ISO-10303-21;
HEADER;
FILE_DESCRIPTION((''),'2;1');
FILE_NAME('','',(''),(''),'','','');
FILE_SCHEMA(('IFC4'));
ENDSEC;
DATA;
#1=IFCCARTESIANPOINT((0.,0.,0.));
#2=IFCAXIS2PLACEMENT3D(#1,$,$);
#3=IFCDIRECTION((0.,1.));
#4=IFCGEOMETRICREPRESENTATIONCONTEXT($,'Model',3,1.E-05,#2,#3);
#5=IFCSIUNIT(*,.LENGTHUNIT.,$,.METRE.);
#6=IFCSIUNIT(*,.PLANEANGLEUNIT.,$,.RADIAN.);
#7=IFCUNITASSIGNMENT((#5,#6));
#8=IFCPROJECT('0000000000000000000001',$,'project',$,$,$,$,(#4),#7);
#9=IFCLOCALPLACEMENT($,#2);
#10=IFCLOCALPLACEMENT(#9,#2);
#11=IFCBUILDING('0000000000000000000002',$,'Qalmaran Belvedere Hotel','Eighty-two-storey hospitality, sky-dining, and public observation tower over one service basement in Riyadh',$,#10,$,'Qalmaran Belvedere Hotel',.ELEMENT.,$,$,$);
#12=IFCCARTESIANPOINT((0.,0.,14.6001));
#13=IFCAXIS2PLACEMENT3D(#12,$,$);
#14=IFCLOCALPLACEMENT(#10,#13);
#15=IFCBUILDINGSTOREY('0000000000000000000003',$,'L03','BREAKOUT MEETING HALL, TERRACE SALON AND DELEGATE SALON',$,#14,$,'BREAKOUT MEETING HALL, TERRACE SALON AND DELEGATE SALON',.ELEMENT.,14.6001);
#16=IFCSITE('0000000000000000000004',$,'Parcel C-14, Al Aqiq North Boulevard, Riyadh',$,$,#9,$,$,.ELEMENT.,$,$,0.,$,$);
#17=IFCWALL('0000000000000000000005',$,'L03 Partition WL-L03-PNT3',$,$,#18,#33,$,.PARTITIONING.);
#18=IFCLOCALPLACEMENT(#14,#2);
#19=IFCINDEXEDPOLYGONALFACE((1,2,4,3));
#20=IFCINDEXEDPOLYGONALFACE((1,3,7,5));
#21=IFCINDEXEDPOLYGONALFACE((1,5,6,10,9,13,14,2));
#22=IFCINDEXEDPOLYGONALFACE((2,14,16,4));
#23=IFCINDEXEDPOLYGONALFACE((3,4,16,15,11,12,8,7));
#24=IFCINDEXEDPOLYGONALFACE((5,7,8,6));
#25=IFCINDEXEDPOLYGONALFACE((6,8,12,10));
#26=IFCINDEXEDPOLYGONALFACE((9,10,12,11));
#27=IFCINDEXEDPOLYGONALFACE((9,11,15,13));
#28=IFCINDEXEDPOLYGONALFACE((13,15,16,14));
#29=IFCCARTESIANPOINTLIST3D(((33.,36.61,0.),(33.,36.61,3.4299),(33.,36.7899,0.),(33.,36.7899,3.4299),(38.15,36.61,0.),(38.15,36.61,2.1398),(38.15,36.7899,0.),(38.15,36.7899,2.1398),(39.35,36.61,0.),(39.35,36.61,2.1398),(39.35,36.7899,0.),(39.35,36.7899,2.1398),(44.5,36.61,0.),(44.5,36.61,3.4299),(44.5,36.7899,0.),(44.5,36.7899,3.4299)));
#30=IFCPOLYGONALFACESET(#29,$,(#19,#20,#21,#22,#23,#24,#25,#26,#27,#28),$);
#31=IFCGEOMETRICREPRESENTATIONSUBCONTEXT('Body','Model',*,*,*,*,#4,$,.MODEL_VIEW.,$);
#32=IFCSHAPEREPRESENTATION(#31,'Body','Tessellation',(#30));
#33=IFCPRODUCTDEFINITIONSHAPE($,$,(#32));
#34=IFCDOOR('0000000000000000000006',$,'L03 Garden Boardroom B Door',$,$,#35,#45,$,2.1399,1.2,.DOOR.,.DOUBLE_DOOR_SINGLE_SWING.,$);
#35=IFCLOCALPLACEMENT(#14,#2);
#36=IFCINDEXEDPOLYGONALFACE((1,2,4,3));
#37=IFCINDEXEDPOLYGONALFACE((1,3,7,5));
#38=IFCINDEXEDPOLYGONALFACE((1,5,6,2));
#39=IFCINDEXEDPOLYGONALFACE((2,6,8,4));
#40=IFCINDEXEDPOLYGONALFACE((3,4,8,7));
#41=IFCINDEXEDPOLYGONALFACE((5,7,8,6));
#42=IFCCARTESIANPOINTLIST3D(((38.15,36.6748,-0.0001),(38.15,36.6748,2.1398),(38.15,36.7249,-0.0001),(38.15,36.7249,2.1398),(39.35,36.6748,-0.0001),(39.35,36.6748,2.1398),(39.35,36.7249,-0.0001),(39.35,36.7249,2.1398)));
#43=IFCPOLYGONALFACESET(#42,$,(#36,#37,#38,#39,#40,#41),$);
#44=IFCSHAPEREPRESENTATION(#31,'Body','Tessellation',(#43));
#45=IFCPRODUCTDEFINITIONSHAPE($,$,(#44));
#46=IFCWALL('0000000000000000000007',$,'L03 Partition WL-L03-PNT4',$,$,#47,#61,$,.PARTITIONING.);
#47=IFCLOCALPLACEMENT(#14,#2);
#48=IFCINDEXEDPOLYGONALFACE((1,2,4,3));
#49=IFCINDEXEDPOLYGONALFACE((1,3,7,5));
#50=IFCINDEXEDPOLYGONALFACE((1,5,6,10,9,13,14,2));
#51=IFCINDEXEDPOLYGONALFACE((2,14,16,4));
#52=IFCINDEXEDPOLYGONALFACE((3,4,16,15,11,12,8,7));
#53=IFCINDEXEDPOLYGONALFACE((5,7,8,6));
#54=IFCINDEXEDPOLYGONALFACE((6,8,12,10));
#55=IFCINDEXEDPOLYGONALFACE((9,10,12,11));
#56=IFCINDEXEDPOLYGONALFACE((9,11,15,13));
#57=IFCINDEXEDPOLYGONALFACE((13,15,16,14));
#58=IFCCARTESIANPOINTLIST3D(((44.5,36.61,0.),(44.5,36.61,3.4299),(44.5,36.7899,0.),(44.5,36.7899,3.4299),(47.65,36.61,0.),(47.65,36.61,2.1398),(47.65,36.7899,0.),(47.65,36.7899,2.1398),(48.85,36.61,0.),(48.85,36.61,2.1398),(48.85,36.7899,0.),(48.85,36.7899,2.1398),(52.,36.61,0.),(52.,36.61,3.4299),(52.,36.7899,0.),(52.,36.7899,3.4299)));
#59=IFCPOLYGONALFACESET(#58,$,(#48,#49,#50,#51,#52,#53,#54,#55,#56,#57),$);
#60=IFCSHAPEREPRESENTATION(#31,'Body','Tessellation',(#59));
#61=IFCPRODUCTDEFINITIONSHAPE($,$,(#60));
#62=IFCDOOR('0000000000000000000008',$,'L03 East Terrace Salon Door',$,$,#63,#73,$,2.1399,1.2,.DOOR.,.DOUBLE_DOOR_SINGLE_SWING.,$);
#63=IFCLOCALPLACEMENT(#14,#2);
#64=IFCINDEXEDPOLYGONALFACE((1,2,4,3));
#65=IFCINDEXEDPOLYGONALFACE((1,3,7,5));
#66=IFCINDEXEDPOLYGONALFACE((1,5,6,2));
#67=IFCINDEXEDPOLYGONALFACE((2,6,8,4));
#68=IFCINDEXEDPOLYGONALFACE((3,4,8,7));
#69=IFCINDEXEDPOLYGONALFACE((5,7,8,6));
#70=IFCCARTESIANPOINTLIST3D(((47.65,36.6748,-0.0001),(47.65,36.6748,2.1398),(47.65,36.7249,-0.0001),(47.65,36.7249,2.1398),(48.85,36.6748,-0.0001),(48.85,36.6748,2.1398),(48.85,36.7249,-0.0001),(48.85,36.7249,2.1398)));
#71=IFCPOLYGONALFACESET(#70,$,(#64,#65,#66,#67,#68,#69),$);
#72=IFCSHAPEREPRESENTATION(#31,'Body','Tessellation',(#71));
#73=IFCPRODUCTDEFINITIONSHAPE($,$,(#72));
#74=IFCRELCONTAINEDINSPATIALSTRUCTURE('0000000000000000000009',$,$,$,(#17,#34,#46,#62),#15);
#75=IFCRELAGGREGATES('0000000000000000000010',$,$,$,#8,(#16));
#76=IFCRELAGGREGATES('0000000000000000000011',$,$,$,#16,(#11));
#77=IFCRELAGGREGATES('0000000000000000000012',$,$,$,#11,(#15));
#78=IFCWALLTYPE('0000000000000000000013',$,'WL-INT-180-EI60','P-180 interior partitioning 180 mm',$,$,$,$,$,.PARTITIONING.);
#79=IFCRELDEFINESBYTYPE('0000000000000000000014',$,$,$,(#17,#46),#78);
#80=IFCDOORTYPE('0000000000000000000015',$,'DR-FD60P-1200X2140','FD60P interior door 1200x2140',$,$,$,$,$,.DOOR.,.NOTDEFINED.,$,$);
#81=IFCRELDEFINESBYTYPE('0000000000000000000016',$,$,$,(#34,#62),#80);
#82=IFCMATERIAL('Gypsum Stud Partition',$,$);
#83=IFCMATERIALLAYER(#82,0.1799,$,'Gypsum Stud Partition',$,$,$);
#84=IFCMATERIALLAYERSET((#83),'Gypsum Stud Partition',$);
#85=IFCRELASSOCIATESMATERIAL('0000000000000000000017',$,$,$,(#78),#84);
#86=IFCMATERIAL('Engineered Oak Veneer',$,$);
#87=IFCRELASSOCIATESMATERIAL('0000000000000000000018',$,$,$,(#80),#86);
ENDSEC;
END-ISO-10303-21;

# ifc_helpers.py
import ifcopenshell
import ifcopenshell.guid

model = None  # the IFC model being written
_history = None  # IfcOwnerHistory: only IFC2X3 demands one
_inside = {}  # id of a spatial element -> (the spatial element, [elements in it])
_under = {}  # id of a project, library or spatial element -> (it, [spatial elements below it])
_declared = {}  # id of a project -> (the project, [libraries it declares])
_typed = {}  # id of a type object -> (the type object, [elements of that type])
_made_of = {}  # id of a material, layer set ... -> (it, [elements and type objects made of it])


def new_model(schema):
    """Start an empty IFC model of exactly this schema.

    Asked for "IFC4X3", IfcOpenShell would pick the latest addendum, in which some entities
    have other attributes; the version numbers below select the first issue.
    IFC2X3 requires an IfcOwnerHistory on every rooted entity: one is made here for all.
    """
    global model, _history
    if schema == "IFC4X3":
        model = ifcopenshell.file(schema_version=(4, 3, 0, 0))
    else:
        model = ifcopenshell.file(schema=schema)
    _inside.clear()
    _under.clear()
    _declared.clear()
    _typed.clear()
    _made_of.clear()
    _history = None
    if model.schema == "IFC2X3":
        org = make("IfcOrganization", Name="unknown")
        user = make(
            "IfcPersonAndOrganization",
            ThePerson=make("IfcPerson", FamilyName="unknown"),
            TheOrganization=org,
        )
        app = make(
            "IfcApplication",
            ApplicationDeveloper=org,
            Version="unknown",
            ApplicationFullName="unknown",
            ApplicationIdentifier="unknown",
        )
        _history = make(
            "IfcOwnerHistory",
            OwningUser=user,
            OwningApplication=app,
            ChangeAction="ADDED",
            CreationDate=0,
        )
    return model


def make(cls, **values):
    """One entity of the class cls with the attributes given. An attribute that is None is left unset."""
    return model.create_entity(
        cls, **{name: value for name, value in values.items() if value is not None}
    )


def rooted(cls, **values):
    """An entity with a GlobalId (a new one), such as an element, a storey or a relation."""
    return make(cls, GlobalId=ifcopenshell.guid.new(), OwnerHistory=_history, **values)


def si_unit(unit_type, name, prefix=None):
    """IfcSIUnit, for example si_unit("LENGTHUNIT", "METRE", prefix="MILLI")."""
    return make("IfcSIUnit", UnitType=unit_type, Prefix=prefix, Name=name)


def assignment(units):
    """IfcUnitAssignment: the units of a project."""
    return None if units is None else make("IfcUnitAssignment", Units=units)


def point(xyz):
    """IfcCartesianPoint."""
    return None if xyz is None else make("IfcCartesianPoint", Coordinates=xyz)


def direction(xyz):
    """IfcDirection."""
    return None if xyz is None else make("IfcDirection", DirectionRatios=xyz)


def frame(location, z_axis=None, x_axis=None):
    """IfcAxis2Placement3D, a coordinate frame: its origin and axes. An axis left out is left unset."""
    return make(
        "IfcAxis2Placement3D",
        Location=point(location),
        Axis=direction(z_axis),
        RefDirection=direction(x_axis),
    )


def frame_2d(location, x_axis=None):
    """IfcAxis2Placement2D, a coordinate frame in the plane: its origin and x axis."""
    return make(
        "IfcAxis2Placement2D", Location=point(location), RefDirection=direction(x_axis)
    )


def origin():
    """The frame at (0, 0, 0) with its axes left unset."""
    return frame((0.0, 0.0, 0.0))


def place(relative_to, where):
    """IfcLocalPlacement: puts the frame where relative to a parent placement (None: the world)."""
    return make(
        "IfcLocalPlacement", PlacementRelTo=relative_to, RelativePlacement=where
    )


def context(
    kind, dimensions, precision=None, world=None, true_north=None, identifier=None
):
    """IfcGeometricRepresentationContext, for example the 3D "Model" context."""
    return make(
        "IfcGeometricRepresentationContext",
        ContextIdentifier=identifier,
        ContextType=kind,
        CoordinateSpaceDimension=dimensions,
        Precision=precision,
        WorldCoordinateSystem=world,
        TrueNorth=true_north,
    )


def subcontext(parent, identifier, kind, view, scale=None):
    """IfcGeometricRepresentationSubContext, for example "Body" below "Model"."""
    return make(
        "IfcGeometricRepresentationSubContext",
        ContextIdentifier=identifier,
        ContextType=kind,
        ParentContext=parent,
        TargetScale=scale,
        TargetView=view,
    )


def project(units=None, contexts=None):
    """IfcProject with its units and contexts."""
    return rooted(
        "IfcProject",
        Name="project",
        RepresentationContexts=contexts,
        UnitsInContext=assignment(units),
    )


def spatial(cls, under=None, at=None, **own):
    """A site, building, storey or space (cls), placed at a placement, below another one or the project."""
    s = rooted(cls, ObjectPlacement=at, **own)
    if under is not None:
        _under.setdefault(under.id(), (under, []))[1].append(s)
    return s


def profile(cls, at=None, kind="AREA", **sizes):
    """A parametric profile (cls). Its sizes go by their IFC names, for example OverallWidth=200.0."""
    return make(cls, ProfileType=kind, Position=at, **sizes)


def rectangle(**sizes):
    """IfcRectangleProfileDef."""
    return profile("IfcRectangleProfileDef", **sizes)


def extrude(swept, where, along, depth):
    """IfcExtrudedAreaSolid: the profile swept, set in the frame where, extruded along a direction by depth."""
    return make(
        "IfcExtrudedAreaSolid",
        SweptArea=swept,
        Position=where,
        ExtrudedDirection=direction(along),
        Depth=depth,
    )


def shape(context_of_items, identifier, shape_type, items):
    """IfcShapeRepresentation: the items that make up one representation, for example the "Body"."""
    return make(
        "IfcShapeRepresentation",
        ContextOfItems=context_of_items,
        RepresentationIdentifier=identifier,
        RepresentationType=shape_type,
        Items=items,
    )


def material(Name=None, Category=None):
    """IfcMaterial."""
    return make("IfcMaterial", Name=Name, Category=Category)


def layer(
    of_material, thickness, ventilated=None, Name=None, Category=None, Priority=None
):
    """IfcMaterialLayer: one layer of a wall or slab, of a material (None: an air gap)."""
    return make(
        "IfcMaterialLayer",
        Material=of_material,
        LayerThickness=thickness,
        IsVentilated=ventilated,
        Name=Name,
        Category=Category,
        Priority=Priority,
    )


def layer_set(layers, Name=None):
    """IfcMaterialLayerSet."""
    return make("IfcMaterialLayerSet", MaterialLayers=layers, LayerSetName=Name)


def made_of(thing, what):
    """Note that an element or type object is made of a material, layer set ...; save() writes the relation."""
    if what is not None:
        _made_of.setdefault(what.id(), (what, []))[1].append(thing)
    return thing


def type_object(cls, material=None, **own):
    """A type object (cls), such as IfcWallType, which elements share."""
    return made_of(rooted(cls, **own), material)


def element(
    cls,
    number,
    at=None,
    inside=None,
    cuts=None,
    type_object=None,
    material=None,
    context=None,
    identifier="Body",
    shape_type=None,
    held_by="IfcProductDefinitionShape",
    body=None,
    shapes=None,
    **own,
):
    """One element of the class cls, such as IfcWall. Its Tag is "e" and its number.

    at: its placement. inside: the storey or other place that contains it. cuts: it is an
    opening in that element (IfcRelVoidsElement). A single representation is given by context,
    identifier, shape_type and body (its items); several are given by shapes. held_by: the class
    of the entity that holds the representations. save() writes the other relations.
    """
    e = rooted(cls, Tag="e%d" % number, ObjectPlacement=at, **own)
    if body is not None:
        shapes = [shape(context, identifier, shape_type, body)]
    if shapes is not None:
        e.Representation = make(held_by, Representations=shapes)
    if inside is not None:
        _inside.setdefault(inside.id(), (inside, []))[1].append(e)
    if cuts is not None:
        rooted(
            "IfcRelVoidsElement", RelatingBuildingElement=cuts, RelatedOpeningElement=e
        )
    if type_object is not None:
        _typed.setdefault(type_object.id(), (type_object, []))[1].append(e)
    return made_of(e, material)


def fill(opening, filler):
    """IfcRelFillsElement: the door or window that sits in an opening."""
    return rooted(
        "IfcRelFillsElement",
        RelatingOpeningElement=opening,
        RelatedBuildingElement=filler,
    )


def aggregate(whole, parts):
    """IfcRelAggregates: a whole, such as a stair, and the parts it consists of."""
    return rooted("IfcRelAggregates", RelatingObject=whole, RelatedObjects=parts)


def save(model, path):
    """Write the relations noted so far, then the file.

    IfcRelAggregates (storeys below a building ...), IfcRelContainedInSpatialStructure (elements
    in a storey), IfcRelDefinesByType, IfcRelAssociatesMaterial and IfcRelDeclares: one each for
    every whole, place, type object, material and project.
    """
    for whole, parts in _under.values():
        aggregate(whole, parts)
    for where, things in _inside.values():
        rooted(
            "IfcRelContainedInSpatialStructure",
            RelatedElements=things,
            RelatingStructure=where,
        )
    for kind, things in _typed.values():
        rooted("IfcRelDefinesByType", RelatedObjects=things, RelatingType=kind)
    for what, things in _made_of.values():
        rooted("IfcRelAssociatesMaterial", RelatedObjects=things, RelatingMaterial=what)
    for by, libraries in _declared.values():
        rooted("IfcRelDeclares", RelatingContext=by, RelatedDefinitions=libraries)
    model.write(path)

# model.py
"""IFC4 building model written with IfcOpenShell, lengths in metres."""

from ifc_helpers import new_model, si_unit, direction, frame, frame_2d, origin, place, context, subcontext, project, spatial, rectangle, extrude, material, layer, layer_set, type_object, element, fill, save


model = new_model("IFC4")

# Units and contexts
model_context = context("Model", 3, precision=1e-05, world=origin(), true_north=direction((0.0, 1.0)))
body_context = subcontext(model_context, "Body", "Model", "MODEL_VIEW")
ifc_project = project(units=[si_unit("LENGTHUNIT", "METRE"), si_unit("PLANEANGLEUNIT", "RADIAN")], contexts=[model_context])

# Site, building, storey
site_placement = place(None, origin())
site = spatial("IfcSite", under=ifc_project, at=site_placement, Name="Parcel C-14, Al Aqiq North Boulevard, Riyadh", CompositionType="ELEMENT", RefElevation=0.0)
building_placement = place(site_placement, origin())
building = spatial("IfcBuilding", under=site, at=building_placement, Name="Qalmaran Belvedere Hotel", Description="Eighty-two-storey hospitality, sky-dining, and public observation tower over one service basement in Riyadh", LongName="Qalmaran Belvedere Hotel", CompositionType="ELEMENT")
storey_placement = place(building_placement, frame((0.0, 0.0, 14.6001)))
storey = spatial("IfcBuildingStorey", under=building, at=storey_placement, Name="L03", Description="BREAKOUT MEETING HALL, TERRACE SALON AND DELEGATE SALON", LongName="BREAKOUT MEETING HALL, TERRACE SALON AND DELEGATE SALON", CompositionType="ELEMENT", Elevation=14.6001)

# Shared definitions
ifc_material_1 = material(Name="Gypsum Stud Partition")

# Walls, openings, doors
ifc_layer_1 = layer(ifc_material_1, 0.1799, Name="Gypsum Stud Partition")
ifc_layer_set_1 = layer_set([ifc_layer_1], Name="Gypsum Stud Partition")
wall_type_1 = type_object("IfcWallType", Name="WL-INT-180-EI60", Description="P-180 interior partitioning 180 mm", PredefinedType="PARTITIONING", material=ifc_layer_set_1)
ifc_material_2 = material(Name="Engineered Oak Veneer")
wall_1_placement = place(storey_placement, frame((33.0, 36.7, 0.0), z_axis=(0.0, 0.0, 1.0), x_axis=(1.0, 0.0, 0.0)))
wall_1 = element("IfcWall", 1, at=wall_1_placement, inside=storey, type_object=wall_type_1, Name="L03 Partition WL-L03-PNT3", PredefinedType="PARTITIONING", context=body_context, shape_type="SweptSolid", body=[
    extrude(rectangle(XDim=11.5, YDim=0.1799, at=frame_2d((5.75, 0.0))), origin(), (0.0, 0.0, 1.0), 3.4299),
])
opening_1_placement = place(wall_1_placement, frame((5.1499, 0.0, 0.0)))
opening_1 = element("IfcOpeningElement", 2, at=opening_1_placement, cuts=wall_1, PredefinedType="OPENING", context=body_context, shape_type="SweptSolid", body=[
    extrude(rectangle(XDim=1.2, YDim=2.1399, at=frame_2d((0.6001, 1.0698))), frame((0.0, 0.1001, 0.0), z_axis=(0.0, -1.0, 0.0), x_axis=(1.0, 0.0, 0.0)), (0.0, 0.0, 1.0), 0.2),
])
door_type_1 = type_object("IfcDoorType", Name="DR-FD60P-1200X2140", Description="FD60P interior door 1200x2140", OperationType="NOTDEFINED", PredefinedType="DOOR", material=ifc_material_2)
door_1_placement = place(opening_1_placement, origin())
door_1 = element("IfcDoor", 3, at=door_1_placement, inside=storey, type_object=door_type_1, Name="L03 Garden Boardroom B Door", OperationType="DOUBLE_DOOR_SINGLE_SWING", OverallHeight=2.1399, OverallWidth=1.2, PredefinedType="DOOR", context=body_context, shape_type="SweptSolid", body=[
    extrude(rectangle(XDim=1.2, YDim=2.1399, at=frame_2d((0.6001, 1.0698))), frame((0.0, 0.0249, 0.0), z_axis=(0.0, -1.0, 0.0), x_axis=(1.0, 0.0, 0.0)), (0.0, 0.0, 1.0), 0.05),
])
fill(opening_1, door_1)
wall_2_placement = place(storey_placement, frame((44.5, 36.7, 0.0), z_axis=(0.0, 0.0, 1.0), x_axis=(1.0, 0.0, 0.0)))
wall_2 = element("IfcWall", 4, at=wall_2_placement, inside=storey, type_object=wall_type_1, Name="L03 Partition WL-L03-PNT4", PredefinedType="PARTITIONING", context=body_context, shape_type="SweptSolid", body=[
    extrude(rectangle(XDim=7.5, YDim=0.1799, at=frame_2d((3.75, 0.0))), origin(), (0.0, 0.0, 1.0), 3.4299),
])
opening_2_placement = place(wall_2_placement, frame((3.1499, 0.0, 0.0)))
opening_2 = element("IfcOpeningElement", 5, at=opening_2_placement, cuts=wall_2, PredefinedType="OPENING", context=body_context, shape_type="SweptSolid", body=[
    extrude(rectangle(XDim=1.2, YDim=2.1399, at=frame_2d((0.6001, 1.0698))), frame((0.0, 0.1001, 0.0), z_axis=(0.0, -1.0, 0.0), x_axis=(1.0, 0.0, 0.0)), (0.0, 0.0, 1.0), 0.2),
])
door_2_placement = place(opening_2_placement, origin())
door_2 = element("IfcDoor", 6, at=door_2_placement, inside=storey, type_object=door_type_1, Name="L03 East Terrace Salon Door", OperationType="DOUBLE_DOOR_SINGLE_SWING", OverallHeight=2.1399, OverallWidth=1.2, PredefinedType="DOOR", context=body_context, shape_type="SweptSolid", body=[
    extrude(rectangle(XDim=1.2, YDim=2.1399, at=frame_2d((0.6001, 1.0698))), frame((0.0, 0.0249, 0.0), z_axis=(0.0, -1.0, 0.0), x_axis=(1.0, 0.0, 0.0)), (0.0, 0.0, 1.0), 0.05),
])
fill(opening_2, door_2)

save(model, "model.ifc")
